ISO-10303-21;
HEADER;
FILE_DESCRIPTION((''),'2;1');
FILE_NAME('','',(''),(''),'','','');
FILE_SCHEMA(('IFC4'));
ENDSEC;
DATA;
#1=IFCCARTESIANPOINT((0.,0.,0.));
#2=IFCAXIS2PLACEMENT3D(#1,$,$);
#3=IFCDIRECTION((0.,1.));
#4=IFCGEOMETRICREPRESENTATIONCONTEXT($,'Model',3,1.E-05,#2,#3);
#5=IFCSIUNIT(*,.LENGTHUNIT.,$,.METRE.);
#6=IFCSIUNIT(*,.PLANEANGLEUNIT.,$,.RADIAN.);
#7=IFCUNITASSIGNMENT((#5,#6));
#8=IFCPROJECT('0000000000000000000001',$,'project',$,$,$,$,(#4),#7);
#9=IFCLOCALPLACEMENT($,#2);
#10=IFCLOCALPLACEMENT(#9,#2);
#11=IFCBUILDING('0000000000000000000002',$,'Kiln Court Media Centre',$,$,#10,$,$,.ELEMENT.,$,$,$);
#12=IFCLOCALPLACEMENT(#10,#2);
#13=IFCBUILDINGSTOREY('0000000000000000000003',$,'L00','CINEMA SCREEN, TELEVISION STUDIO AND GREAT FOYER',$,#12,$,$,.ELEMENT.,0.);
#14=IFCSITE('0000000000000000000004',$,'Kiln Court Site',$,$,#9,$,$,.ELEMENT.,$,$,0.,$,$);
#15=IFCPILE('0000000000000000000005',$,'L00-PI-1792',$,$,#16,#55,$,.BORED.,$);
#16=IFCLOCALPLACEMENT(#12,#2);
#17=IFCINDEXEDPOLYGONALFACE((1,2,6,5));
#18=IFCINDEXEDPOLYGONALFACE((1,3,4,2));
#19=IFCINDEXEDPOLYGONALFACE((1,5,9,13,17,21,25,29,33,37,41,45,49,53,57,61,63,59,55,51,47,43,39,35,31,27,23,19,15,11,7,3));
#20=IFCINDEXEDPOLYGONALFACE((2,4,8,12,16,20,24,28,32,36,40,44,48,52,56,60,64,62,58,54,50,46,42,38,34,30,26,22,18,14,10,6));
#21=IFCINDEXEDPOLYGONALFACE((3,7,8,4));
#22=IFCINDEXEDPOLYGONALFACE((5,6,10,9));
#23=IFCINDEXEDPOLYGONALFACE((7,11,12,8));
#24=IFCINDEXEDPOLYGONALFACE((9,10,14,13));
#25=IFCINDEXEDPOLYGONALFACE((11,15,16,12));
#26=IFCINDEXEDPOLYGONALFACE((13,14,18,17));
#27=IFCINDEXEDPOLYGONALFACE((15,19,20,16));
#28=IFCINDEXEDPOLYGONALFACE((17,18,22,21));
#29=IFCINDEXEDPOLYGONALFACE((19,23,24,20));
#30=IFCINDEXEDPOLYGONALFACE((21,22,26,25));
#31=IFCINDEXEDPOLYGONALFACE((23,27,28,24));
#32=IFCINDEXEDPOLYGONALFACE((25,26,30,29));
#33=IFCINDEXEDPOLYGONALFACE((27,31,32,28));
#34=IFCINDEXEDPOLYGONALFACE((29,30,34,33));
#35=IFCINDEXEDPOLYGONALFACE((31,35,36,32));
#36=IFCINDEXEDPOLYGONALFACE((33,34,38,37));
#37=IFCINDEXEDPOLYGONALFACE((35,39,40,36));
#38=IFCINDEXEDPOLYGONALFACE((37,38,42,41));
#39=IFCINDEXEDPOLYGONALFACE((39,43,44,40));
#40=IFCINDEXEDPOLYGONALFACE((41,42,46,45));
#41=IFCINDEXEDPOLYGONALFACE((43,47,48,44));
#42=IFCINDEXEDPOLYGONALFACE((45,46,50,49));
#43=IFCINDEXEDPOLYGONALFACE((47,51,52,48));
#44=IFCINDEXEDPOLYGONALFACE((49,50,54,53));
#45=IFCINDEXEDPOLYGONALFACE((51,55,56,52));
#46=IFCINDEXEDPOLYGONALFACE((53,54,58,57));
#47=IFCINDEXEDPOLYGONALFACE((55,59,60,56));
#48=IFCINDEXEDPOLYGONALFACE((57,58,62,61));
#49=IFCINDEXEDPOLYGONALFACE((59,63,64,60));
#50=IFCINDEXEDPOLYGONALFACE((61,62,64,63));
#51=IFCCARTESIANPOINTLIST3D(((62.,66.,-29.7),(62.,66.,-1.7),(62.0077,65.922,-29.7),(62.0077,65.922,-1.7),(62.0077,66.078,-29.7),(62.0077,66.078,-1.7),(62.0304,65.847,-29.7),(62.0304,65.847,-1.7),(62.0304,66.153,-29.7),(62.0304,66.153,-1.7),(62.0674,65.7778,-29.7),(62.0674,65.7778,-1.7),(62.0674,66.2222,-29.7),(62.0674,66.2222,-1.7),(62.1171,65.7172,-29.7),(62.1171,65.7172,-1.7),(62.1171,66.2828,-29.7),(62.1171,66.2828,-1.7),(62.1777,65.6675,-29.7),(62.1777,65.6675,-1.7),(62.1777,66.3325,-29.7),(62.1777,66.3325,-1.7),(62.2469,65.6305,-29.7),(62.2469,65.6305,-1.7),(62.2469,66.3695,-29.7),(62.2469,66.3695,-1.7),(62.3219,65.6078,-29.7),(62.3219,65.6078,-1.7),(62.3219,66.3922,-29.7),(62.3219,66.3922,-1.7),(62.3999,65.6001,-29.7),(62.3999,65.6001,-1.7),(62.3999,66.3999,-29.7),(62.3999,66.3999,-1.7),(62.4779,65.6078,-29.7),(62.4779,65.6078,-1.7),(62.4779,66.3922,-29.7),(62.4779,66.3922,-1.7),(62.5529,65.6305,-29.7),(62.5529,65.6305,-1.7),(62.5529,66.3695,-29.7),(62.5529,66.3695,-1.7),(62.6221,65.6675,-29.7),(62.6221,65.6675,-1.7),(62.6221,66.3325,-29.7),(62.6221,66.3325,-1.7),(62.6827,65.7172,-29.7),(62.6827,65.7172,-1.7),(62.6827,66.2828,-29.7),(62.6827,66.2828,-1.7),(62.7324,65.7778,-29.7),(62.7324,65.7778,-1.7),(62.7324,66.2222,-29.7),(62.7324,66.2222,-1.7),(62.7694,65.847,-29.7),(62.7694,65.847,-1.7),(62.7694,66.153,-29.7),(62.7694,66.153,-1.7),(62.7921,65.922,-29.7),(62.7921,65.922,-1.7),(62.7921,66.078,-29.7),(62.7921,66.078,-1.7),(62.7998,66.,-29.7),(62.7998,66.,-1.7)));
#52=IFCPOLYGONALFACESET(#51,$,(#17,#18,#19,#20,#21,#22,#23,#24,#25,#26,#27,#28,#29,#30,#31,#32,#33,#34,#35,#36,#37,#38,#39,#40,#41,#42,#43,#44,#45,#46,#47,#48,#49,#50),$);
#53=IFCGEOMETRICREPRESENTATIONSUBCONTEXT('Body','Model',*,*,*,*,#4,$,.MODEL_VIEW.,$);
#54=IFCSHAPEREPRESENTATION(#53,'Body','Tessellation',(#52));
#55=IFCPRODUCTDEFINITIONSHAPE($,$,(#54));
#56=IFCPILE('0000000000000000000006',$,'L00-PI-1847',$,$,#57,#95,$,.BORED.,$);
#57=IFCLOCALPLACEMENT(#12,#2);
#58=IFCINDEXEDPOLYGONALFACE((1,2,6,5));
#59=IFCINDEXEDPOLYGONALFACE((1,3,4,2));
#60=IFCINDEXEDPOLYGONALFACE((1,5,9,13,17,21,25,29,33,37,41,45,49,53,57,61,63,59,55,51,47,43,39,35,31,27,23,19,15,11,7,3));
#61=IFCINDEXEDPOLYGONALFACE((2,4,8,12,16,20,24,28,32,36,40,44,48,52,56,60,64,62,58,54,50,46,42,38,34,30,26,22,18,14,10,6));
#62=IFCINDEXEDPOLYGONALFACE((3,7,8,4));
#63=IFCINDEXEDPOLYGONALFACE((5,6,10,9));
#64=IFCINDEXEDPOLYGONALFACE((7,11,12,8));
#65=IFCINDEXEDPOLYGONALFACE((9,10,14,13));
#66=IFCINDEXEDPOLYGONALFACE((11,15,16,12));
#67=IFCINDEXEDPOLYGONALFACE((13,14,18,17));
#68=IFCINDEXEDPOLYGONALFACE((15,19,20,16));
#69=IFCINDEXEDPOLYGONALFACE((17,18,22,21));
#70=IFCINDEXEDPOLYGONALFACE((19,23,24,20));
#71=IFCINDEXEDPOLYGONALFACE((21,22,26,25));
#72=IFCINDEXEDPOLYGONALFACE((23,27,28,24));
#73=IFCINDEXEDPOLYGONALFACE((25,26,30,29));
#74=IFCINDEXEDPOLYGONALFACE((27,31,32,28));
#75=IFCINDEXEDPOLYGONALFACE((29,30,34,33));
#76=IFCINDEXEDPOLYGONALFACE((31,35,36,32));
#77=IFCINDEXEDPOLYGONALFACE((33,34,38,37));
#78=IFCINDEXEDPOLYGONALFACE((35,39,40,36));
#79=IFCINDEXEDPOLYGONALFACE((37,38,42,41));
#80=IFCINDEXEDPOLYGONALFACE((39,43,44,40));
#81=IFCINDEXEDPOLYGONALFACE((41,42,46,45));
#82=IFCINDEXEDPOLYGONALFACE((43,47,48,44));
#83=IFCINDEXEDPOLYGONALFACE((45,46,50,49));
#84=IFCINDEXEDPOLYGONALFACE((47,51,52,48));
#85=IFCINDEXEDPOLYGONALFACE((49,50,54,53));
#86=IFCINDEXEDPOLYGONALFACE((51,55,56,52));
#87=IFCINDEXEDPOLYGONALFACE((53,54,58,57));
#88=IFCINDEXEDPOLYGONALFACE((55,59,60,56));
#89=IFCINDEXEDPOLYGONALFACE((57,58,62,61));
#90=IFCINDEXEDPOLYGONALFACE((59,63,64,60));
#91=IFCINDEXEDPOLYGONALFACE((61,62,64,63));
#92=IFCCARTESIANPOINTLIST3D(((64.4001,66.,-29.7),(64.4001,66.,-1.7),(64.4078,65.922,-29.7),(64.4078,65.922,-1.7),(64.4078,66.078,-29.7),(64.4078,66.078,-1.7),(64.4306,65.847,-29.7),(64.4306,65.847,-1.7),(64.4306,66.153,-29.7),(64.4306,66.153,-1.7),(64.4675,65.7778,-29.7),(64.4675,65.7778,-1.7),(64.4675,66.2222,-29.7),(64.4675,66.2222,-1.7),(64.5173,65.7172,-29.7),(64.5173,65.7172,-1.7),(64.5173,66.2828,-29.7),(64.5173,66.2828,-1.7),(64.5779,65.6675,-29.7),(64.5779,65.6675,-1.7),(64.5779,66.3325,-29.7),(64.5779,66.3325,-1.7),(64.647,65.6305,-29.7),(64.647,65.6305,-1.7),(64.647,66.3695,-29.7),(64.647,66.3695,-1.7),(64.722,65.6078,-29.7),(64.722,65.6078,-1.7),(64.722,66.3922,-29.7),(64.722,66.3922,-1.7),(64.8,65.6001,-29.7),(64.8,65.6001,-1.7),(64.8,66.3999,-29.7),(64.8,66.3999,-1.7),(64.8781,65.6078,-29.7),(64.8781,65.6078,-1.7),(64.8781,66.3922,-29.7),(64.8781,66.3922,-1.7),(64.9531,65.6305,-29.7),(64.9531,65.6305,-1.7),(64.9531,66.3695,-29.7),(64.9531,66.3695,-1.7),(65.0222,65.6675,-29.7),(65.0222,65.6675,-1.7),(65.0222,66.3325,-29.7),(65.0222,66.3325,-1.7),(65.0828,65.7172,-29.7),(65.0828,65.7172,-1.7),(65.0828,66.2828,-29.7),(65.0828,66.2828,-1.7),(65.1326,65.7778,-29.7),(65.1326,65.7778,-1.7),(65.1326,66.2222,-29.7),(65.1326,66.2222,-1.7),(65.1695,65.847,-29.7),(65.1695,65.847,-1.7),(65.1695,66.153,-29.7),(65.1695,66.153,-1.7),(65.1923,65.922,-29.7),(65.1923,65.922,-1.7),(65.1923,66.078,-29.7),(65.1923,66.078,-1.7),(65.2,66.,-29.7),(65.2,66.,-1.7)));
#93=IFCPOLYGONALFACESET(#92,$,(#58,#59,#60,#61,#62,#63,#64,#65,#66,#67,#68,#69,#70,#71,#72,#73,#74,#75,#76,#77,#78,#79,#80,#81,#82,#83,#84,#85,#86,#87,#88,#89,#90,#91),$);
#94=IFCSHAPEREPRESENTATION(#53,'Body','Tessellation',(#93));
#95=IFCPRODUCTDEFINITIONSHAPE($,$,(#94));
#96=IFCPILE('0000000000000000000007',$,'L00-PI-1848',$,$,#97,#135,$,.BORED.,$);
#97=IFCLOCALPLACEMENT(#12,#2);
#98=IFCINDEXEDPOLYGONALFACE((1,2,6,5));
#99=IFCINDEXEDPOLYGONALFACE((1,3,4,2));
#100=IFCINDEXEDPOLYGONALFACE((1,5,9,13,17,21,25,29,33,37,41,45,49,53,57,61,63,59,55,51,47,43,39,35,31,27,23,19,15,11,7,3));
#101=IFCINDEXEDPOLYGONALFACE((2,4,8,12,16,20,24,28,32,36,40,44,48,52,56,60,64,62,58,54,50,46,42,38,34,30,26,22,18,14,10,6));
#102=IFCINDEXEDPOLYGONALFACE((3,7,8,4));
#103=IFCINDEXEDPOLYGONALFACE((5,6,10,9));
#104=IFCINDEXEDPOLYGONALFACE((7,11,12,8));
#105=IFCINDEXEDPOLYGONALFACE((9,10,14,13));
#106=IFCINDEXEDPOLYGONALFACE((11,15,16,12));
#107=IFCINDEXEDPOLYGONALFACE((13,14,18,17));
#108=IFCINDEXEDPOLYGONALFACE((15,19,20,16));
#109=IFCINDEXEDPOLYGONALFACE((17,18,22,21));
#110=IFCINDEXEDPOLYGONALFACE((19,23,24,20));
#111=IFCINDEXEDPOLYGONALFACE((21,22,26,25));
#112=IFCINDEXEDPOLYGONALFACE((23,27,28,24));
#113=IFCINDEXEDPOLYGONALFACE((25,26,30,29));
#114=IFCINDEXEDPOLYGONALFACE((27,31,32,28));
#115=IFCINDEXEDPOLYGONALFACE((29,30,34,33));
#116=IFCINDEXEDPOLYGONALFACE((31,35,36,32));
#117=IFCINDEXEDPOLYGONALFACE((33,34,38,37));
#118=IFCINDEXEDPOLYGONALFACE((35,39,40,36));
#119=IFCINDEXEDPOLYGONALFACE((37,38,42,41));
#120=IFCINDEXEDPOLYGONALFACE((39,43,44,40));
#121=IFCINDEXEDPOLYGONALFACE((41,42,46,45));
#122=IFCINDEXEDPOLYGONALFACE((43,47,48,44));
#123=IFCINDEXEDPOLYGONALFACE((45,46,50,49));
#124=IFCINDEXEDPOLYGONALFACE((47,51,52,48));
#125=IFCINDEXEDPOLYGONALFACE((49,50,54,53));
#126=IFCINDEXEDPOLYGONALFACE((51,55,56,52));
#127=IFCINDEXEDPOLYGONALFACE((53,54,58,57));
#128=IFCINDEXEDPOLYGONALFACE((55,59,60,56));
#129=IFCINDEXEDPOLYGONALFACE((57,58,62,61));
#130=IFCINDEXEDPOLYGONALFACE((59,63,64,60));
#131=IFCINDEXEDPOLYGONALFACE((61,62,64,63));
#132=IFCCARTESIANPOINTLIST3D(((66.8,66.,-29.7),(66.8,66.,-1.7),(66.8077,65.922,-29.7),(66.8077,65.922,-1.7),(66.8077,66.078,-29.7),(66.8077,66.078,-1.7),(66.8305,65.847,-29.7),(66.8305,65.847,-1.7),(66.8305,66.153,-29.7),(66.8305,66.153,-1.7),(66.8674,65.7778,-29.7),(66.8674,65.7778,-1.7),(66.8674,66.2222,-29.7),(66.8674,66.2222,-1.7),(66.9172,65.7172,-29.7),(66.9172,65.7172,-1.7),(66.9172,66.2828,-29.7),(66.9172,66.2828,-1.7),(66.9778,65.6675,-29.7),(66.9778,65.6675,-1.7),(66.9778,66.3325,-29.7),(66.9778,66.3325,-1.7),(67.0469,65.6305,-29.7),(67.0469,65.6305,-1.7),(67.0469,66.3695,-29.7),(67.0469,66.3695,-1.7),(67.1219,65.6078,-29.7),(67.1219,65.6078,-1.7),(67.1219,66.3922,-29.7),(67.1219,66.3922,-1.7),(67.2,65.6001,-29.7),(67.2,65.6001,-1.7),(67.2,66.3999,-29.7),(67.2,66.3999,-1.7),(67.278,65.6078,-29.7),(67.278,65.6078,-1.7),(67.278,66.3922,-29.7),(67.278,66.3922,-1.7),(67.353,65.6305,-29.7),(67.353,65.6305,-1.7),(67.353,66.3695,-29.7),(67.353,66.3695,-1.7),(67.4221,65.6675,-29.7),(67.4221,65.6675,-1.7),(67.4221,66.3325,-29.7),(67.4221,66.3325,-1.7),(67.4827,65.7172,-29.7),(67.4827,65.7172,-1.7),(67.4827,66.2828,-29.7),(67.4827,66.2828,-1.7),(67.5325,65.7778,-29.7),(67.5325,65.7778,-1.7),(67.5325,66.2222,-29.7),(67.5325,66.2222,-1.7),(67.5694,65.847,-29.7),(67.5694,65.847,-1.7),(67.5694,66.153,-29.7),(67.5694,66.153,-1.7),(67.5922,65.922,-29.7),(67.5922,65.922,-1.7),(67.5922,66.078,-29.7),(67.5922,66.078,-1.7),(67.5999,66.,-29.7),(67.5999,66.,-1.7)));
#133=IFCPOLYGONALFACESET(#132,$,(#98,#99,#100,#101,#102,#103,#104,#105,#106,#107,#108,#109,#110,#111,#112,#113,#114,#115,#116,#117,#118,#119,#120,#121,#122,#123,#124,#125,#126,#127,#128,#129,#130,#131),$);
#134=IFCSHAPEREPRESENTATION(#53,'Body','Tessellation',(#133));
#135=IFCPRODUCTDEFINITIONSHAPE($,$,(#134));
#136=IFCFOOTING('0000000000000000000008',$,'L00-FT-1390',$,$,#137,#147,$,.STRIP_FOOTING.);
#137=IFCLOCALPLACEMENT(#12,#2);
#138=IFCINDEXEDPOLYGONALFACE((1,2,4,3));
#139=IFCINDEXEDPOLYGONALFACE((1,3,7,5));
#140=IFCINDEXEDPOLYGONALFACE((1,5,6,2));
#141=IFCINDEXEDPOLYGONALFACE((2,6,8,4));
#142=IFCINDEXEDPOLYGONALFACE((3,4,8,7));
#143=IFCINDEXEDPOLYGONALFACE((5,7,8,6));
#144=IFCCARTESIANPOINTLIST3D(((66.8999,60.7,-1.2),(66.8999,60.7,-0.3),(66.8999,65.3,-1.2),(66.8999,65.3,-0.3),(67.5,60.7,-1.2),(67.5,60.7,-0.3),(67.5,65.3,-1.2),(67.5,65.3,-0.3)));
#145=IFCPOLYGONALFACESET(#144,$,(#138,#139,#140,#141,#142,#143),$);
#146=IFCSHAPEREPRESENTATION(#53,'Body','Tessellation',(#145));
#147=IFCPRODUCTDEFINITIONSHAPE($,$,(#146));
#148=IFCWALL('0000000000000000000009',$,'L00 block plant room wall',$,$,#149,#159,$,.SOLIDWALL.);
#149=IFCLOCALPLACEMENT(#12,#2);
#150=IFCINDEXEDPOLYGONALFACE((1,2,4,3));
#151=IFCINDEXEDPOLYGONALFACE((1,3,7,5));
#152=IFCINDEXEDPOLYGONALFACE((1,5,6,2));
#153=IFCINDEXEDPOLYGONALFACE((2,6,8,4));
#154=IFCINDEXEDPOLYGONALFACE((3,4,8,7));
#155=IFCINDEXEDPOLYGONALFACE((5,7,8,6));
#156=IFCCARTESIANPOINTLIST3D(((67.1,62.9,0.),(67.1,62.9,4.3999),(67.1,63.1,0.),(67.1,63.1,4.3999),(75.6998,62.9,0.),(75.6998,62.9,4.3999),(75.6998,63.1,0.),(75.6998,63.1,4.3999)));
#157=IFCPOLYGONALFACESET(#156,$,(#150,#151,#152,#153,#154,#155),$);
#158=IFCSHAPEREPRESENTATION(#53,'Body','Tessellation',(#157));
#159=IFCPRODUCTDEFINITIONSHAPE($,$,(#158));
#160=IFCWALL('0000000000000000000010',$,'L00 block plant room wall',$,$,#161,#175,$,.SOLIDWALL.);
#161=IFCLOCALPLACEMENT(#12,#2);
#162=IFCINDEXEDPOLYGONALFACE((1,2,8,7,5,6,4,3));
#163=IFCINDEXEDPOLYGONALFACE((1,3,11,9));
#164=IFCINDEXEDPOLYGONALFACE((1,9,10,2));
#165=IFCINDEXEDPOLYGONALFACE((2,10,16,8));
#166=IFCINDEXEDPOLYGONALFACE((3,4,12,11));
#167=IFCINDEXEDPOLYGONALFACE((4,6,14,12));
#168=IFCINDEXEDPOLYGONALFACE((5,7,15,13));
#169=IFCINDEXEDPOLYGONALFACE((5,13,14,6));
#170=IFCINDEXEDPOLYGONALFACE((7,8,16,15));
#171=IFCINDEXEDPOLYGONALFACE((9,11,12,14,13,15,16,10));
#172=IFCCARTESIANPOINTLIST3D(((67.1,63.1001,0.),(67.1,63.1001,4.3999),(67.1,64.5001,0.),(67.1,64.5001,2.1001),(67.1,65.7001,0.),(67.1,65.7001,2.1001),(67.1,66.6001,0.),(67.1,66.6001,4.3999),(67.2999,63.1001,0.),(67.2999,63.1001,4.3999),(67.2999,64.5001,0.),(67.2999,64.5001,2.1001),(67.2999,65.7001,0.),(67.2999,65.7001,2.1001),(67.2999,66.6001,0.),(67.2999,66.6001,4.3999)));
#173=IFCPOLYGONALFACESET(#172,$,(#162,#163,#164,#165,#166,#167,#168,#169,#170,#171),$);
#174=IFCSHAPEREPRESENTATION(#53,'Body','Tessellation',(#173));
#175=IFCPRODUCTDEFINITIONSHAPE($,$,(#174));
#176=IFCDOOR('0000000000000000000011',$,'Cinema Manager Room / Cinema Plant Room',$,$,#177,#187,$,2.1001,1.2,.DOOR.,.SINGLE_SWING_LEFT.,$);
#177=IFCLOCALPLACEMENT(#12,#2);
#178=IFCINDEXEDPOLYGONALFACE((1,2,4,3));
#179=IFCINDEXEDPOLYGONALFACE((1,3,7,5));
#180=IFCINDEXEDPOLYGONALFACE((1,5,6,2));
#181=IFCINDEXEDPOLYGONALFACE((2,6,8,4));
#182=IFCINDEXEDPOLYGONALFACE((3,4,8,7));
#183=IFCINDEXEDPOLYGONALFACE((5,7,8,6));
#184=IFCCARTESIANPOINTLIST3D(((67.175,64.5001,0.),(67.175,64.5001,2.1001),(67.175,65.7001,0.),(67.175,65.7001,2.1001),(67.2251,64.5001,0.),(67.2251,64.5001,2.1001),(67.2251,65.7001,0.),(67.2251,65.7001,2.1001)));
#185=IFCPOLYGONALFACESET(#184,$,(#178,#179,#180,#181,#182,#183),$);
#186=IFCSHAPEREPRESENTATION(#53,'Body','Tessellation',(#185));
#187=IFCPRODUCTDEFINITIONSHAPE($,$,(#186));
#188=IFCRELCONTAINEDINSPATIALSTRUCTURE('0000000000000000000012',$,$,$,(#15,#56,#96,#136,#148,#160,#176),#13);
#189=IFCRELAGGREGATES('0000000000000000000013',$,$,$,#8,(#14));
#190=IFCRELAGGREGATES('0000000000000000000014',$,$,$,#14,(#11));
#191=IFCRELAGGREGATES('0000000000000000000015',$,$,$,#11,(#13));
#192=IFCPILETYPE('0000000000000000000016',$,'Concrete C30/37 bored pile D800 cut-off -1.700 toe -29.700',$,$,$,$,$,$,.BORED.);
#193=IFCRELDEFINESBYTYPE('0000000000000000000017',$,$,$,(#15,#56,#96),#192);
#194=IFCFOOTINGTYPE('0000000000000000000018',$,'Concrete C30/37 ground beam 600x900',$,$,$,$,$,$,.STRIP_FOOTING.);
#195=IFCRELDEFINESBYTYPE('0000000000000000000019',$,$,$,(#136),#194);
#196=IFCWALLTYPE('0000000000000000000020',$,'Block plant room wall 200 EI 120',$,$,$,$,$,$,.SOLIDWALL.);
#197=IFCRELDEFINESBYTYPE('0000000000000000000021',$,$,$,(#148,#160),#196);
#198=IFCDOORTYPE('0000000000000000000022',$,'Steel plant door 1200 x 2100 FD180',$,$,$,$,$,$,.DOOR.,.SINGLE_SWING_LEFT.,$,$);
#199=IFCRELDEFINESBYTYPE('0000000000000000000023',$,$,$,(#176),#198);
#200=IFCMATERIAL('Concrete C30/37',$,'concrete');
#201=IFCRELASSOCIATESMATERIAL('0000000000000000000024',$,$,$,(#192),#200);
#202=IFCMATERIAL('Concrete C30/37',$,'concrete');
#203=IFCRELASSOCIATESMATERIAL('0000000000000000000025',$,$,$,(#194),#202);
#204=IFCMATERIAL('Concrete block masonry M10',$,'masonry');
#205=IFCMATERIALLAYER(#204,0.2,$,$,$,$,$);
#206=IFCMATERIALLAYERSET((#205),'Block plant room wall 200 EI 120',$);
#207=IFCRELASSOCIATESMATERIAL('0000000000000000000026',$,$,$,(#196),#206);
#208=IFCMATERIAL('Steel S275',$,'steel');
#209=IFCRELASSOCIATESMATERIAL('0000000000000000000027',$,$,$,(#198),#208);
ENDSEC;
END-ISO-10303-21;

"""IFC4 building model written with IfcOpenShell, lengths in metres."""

from ifc_helpers import new_model, si_unit, direction, frame, frame_2d, origin, origin_2d, place, context, subcontext, project, spatial, rectangle, circle, extrude, material, layer, layer_set, material_profile, profile_set, type_object, element, fill, save


model = new_model("IFC4")

# Units and contexts
model_context = context("Model", 3, precision=1e-05, world=origin(), true_north=direction((0.0, 1.0)))
body_context = subcontext(model_context, "Body", "Model", "MODEL_VIEW")
ifc_project = project(units=[si_unit("LENGTHUNIT", "METRE"), si_unit("PLANEANGLEUNIT", "RADIAN")], contexts=[model_context])

# Site, building, storey
site_placement = place(None, origin())
site = spatial("IfcSite", under=ifc_project, at=site_placement, Name="Kiln Court Site", CompositionType="ELEMENT", RefElevation=0.0)
building_placement = place(site_placement, origin())
building = spatial("IfcBuilding", under=site, at=building_placement, Name="Kiln Court Media Centre", CompositionType="ELEMENT")
storey_placement = place(building_placement, origin())
storey = spatial("IfcBuildingStorey", under=building, at=storey_placement, Name="L00", Description="CINEMA SCREEN, TELEVISION STUDIO AND GREAT FOYER", CompositionType="ELEMENT", Elevation=0.0)

# Piles
ifc_material_1 = material(Name="Concrete C30/37", Category="concrete")
ifc_material_profile = material_profile(ifc_material_1, circle(Radius=0.3999, at=origin_2d()), Name="PILE D800")
ifc_profile_set = profile_set([ifc_material_profile], Name="Concrete C30/37")
pile_type = type_object("IfcPileType", Name="Concrete C30/37 bored pile D800 cut-off -1.700 toe -29.700", PredefinedType="BORED", material=ifc_profile_set)
for number, where, z_axis, x_axis, name in (
    (1, (62.3999, 66.0, -1.7), (0.0, 0.0, -1.0), (1.0, 0.0, 0.0), "L00-PI-1792"),
    (2, (64.8, 66.0, -1.7), (0.0, 0.0, -1.0), (1.0, 0.0, 0.0), "L00-PI-1847"),
    (3, (67.2, 66.0, -1.7), (0.0, 0.0, -1.0), (1.0, 0.0, 0.0), "L00-PI-1848"),
):
    element("IfcPile", number, at=place(storey_placement, frame(where, z_axis=z_axis, x_axis=x_axis)), inside=storey, type_object=pile_type, Name=name, PredefinedType="BORED", context=body_context, shape_type="SweptSolid", body=[
        extrude(circle(Radius=0.3999, at=origin_2d()), origin(), (0.0, 0.0, 1.0), 28.0),
    ])

# Footing
ifc_material_2 = material(Name="Concrete C30/37", Category="concrete")
footing_type = type_object("IfcFootingType", Name="Concrete C30/37 ground beam 600x900", PredefinedType="STRIP_FOOTING", material=ifc_material_2)
footing_placement = place(storey_placement, frame((67.2, 63.0, -1.2), z_axis=(0.0, 0.0, 1.0), x_axis=(1.0, 0.0, 0.0)))
element("IfcFooting", 4, at=footing_placement, inside=storey, type_object=footing_type, Name="L00-FT-1390", PredefinedType="STRIP_FOOTING", context=body_context, shape_type="SweptSolid", body=[
    extrude(rectangle(XDim=0.6001, YDim=4.6001, at=origin_2d()), origin(), (0.0, 0.0, 1.0), 0.8999),
])

# Wall
ifc_material_3 = material(Name="Concrete block masonry M10", Category="masonry")
ifc_layer_1 = layer(ifc_material_3, 0.2)
ifc_layer_set_1 = layer_set([ifc_layer_1], Name="Block plant room wall 200 EI 120")
wall_type_1 = type_object("IfcWallType", Name="Block plant room wall 200 EI 120", PredefinedType="SOLIDWALL", material=ifc_layer_set_1)
wall_1_placement = place(storey_placement, frame((67.1001, 63.0, 0.0), z_axis=(0.0, 0.0, 1.0), x_axis=(1.0, 0.0, 0.0)))
element("IfcWall", 5, at=wall_1_placement, inside=storey, type_object=wall_type_1, Name="L00 block plant room wall", PredefinedType="SOLIDWALL", context=body_context, shape_type="SweptSolid", body=[
    extrude(rectangle(XDim=8.5999, YDim=0.2, at=frame_2d((4.2998, 0.0))), origin(), (0.0, 0.0, 1.0), 4.3999),
])

# Wall, opening, door
wall_2_placement = place(storey_placement, frame((67.2, 63.1001, 0.0), z_axis=(0.0, 0.0, 1.0), x_axis=(0.0, 1.0, 0.0)))
wall_2 = element("IfcWall", 6, at=wall_2_placement, inside=storey, type_object=wall_type_1, Name="L00 block plant room wall", PredefinedType="SOLIDWALL", context=body_context, shape_type="SweptSolid", body=[
    extrude(rectangle(XDim=3.5, YDim=0.2, at=frame_2d((1.75, 0.0))), origin(), (0.0, 0.0, 1.0), 4.3999),
])
opening_1_placement = place(wall_2_placement, frame((1.3999, 0.0, 0.0)))
opening_1 = element("IfcOpeningElement", 7, at=opening_1_placement, cuts=wall_2, PredefinedType="OPENING", context=body_context, shape_type="SweptSolid", body=[
    extrude(rectangle(XDim=1.2, YDim=2.1001, at=frame_2d((0.6001, 1.05))), frame((0.0, 0.1099, 0.0), z_axis=(0.0, -1.0, 0.0), x_axis=(1.0, 0.0, 0.0)), (0.0, 0.0, 1.0), 0.22),
])
ifc_material_4 = material(Name="Steel S275", Category="steel")
door_type_1 = type_object("IfcDoorType", Name="Steel plant door 1200 x 2100 FD180", OperationType="SINGLE_SWING_LEFT", PredefinedType="DOOR", material=ifc_material_4)
door_1_placement = place(opening_1_placement, origin())
door_1 = element("IfcDoor", 8, at=door_1_placement, inside=storey, type_object=door_type_1, Name="Cinema Manager Room / Cinema Plant Room", OperationType="SINGLE_SWING_LEFT", OverallHeight=2.1001, OverallWidth=1.2, PredefinedType="DOOR", context=body_context, shape_type="SweptSolid", body=[
    extrude(rectangle(XDim=1.2, YDim=2.1001, at=frame_2d((0.6001, 1.05))), frame((0.0, 0.0249, 0.0), z_axis=(0.0, -1.0, 0.0), x_axis=(1.0, 0.0, 0.0)), (0.0, 0.0, 1.0), 0.05),
])
fill(opening_1, door_1)

save(model, "model.ifc")
